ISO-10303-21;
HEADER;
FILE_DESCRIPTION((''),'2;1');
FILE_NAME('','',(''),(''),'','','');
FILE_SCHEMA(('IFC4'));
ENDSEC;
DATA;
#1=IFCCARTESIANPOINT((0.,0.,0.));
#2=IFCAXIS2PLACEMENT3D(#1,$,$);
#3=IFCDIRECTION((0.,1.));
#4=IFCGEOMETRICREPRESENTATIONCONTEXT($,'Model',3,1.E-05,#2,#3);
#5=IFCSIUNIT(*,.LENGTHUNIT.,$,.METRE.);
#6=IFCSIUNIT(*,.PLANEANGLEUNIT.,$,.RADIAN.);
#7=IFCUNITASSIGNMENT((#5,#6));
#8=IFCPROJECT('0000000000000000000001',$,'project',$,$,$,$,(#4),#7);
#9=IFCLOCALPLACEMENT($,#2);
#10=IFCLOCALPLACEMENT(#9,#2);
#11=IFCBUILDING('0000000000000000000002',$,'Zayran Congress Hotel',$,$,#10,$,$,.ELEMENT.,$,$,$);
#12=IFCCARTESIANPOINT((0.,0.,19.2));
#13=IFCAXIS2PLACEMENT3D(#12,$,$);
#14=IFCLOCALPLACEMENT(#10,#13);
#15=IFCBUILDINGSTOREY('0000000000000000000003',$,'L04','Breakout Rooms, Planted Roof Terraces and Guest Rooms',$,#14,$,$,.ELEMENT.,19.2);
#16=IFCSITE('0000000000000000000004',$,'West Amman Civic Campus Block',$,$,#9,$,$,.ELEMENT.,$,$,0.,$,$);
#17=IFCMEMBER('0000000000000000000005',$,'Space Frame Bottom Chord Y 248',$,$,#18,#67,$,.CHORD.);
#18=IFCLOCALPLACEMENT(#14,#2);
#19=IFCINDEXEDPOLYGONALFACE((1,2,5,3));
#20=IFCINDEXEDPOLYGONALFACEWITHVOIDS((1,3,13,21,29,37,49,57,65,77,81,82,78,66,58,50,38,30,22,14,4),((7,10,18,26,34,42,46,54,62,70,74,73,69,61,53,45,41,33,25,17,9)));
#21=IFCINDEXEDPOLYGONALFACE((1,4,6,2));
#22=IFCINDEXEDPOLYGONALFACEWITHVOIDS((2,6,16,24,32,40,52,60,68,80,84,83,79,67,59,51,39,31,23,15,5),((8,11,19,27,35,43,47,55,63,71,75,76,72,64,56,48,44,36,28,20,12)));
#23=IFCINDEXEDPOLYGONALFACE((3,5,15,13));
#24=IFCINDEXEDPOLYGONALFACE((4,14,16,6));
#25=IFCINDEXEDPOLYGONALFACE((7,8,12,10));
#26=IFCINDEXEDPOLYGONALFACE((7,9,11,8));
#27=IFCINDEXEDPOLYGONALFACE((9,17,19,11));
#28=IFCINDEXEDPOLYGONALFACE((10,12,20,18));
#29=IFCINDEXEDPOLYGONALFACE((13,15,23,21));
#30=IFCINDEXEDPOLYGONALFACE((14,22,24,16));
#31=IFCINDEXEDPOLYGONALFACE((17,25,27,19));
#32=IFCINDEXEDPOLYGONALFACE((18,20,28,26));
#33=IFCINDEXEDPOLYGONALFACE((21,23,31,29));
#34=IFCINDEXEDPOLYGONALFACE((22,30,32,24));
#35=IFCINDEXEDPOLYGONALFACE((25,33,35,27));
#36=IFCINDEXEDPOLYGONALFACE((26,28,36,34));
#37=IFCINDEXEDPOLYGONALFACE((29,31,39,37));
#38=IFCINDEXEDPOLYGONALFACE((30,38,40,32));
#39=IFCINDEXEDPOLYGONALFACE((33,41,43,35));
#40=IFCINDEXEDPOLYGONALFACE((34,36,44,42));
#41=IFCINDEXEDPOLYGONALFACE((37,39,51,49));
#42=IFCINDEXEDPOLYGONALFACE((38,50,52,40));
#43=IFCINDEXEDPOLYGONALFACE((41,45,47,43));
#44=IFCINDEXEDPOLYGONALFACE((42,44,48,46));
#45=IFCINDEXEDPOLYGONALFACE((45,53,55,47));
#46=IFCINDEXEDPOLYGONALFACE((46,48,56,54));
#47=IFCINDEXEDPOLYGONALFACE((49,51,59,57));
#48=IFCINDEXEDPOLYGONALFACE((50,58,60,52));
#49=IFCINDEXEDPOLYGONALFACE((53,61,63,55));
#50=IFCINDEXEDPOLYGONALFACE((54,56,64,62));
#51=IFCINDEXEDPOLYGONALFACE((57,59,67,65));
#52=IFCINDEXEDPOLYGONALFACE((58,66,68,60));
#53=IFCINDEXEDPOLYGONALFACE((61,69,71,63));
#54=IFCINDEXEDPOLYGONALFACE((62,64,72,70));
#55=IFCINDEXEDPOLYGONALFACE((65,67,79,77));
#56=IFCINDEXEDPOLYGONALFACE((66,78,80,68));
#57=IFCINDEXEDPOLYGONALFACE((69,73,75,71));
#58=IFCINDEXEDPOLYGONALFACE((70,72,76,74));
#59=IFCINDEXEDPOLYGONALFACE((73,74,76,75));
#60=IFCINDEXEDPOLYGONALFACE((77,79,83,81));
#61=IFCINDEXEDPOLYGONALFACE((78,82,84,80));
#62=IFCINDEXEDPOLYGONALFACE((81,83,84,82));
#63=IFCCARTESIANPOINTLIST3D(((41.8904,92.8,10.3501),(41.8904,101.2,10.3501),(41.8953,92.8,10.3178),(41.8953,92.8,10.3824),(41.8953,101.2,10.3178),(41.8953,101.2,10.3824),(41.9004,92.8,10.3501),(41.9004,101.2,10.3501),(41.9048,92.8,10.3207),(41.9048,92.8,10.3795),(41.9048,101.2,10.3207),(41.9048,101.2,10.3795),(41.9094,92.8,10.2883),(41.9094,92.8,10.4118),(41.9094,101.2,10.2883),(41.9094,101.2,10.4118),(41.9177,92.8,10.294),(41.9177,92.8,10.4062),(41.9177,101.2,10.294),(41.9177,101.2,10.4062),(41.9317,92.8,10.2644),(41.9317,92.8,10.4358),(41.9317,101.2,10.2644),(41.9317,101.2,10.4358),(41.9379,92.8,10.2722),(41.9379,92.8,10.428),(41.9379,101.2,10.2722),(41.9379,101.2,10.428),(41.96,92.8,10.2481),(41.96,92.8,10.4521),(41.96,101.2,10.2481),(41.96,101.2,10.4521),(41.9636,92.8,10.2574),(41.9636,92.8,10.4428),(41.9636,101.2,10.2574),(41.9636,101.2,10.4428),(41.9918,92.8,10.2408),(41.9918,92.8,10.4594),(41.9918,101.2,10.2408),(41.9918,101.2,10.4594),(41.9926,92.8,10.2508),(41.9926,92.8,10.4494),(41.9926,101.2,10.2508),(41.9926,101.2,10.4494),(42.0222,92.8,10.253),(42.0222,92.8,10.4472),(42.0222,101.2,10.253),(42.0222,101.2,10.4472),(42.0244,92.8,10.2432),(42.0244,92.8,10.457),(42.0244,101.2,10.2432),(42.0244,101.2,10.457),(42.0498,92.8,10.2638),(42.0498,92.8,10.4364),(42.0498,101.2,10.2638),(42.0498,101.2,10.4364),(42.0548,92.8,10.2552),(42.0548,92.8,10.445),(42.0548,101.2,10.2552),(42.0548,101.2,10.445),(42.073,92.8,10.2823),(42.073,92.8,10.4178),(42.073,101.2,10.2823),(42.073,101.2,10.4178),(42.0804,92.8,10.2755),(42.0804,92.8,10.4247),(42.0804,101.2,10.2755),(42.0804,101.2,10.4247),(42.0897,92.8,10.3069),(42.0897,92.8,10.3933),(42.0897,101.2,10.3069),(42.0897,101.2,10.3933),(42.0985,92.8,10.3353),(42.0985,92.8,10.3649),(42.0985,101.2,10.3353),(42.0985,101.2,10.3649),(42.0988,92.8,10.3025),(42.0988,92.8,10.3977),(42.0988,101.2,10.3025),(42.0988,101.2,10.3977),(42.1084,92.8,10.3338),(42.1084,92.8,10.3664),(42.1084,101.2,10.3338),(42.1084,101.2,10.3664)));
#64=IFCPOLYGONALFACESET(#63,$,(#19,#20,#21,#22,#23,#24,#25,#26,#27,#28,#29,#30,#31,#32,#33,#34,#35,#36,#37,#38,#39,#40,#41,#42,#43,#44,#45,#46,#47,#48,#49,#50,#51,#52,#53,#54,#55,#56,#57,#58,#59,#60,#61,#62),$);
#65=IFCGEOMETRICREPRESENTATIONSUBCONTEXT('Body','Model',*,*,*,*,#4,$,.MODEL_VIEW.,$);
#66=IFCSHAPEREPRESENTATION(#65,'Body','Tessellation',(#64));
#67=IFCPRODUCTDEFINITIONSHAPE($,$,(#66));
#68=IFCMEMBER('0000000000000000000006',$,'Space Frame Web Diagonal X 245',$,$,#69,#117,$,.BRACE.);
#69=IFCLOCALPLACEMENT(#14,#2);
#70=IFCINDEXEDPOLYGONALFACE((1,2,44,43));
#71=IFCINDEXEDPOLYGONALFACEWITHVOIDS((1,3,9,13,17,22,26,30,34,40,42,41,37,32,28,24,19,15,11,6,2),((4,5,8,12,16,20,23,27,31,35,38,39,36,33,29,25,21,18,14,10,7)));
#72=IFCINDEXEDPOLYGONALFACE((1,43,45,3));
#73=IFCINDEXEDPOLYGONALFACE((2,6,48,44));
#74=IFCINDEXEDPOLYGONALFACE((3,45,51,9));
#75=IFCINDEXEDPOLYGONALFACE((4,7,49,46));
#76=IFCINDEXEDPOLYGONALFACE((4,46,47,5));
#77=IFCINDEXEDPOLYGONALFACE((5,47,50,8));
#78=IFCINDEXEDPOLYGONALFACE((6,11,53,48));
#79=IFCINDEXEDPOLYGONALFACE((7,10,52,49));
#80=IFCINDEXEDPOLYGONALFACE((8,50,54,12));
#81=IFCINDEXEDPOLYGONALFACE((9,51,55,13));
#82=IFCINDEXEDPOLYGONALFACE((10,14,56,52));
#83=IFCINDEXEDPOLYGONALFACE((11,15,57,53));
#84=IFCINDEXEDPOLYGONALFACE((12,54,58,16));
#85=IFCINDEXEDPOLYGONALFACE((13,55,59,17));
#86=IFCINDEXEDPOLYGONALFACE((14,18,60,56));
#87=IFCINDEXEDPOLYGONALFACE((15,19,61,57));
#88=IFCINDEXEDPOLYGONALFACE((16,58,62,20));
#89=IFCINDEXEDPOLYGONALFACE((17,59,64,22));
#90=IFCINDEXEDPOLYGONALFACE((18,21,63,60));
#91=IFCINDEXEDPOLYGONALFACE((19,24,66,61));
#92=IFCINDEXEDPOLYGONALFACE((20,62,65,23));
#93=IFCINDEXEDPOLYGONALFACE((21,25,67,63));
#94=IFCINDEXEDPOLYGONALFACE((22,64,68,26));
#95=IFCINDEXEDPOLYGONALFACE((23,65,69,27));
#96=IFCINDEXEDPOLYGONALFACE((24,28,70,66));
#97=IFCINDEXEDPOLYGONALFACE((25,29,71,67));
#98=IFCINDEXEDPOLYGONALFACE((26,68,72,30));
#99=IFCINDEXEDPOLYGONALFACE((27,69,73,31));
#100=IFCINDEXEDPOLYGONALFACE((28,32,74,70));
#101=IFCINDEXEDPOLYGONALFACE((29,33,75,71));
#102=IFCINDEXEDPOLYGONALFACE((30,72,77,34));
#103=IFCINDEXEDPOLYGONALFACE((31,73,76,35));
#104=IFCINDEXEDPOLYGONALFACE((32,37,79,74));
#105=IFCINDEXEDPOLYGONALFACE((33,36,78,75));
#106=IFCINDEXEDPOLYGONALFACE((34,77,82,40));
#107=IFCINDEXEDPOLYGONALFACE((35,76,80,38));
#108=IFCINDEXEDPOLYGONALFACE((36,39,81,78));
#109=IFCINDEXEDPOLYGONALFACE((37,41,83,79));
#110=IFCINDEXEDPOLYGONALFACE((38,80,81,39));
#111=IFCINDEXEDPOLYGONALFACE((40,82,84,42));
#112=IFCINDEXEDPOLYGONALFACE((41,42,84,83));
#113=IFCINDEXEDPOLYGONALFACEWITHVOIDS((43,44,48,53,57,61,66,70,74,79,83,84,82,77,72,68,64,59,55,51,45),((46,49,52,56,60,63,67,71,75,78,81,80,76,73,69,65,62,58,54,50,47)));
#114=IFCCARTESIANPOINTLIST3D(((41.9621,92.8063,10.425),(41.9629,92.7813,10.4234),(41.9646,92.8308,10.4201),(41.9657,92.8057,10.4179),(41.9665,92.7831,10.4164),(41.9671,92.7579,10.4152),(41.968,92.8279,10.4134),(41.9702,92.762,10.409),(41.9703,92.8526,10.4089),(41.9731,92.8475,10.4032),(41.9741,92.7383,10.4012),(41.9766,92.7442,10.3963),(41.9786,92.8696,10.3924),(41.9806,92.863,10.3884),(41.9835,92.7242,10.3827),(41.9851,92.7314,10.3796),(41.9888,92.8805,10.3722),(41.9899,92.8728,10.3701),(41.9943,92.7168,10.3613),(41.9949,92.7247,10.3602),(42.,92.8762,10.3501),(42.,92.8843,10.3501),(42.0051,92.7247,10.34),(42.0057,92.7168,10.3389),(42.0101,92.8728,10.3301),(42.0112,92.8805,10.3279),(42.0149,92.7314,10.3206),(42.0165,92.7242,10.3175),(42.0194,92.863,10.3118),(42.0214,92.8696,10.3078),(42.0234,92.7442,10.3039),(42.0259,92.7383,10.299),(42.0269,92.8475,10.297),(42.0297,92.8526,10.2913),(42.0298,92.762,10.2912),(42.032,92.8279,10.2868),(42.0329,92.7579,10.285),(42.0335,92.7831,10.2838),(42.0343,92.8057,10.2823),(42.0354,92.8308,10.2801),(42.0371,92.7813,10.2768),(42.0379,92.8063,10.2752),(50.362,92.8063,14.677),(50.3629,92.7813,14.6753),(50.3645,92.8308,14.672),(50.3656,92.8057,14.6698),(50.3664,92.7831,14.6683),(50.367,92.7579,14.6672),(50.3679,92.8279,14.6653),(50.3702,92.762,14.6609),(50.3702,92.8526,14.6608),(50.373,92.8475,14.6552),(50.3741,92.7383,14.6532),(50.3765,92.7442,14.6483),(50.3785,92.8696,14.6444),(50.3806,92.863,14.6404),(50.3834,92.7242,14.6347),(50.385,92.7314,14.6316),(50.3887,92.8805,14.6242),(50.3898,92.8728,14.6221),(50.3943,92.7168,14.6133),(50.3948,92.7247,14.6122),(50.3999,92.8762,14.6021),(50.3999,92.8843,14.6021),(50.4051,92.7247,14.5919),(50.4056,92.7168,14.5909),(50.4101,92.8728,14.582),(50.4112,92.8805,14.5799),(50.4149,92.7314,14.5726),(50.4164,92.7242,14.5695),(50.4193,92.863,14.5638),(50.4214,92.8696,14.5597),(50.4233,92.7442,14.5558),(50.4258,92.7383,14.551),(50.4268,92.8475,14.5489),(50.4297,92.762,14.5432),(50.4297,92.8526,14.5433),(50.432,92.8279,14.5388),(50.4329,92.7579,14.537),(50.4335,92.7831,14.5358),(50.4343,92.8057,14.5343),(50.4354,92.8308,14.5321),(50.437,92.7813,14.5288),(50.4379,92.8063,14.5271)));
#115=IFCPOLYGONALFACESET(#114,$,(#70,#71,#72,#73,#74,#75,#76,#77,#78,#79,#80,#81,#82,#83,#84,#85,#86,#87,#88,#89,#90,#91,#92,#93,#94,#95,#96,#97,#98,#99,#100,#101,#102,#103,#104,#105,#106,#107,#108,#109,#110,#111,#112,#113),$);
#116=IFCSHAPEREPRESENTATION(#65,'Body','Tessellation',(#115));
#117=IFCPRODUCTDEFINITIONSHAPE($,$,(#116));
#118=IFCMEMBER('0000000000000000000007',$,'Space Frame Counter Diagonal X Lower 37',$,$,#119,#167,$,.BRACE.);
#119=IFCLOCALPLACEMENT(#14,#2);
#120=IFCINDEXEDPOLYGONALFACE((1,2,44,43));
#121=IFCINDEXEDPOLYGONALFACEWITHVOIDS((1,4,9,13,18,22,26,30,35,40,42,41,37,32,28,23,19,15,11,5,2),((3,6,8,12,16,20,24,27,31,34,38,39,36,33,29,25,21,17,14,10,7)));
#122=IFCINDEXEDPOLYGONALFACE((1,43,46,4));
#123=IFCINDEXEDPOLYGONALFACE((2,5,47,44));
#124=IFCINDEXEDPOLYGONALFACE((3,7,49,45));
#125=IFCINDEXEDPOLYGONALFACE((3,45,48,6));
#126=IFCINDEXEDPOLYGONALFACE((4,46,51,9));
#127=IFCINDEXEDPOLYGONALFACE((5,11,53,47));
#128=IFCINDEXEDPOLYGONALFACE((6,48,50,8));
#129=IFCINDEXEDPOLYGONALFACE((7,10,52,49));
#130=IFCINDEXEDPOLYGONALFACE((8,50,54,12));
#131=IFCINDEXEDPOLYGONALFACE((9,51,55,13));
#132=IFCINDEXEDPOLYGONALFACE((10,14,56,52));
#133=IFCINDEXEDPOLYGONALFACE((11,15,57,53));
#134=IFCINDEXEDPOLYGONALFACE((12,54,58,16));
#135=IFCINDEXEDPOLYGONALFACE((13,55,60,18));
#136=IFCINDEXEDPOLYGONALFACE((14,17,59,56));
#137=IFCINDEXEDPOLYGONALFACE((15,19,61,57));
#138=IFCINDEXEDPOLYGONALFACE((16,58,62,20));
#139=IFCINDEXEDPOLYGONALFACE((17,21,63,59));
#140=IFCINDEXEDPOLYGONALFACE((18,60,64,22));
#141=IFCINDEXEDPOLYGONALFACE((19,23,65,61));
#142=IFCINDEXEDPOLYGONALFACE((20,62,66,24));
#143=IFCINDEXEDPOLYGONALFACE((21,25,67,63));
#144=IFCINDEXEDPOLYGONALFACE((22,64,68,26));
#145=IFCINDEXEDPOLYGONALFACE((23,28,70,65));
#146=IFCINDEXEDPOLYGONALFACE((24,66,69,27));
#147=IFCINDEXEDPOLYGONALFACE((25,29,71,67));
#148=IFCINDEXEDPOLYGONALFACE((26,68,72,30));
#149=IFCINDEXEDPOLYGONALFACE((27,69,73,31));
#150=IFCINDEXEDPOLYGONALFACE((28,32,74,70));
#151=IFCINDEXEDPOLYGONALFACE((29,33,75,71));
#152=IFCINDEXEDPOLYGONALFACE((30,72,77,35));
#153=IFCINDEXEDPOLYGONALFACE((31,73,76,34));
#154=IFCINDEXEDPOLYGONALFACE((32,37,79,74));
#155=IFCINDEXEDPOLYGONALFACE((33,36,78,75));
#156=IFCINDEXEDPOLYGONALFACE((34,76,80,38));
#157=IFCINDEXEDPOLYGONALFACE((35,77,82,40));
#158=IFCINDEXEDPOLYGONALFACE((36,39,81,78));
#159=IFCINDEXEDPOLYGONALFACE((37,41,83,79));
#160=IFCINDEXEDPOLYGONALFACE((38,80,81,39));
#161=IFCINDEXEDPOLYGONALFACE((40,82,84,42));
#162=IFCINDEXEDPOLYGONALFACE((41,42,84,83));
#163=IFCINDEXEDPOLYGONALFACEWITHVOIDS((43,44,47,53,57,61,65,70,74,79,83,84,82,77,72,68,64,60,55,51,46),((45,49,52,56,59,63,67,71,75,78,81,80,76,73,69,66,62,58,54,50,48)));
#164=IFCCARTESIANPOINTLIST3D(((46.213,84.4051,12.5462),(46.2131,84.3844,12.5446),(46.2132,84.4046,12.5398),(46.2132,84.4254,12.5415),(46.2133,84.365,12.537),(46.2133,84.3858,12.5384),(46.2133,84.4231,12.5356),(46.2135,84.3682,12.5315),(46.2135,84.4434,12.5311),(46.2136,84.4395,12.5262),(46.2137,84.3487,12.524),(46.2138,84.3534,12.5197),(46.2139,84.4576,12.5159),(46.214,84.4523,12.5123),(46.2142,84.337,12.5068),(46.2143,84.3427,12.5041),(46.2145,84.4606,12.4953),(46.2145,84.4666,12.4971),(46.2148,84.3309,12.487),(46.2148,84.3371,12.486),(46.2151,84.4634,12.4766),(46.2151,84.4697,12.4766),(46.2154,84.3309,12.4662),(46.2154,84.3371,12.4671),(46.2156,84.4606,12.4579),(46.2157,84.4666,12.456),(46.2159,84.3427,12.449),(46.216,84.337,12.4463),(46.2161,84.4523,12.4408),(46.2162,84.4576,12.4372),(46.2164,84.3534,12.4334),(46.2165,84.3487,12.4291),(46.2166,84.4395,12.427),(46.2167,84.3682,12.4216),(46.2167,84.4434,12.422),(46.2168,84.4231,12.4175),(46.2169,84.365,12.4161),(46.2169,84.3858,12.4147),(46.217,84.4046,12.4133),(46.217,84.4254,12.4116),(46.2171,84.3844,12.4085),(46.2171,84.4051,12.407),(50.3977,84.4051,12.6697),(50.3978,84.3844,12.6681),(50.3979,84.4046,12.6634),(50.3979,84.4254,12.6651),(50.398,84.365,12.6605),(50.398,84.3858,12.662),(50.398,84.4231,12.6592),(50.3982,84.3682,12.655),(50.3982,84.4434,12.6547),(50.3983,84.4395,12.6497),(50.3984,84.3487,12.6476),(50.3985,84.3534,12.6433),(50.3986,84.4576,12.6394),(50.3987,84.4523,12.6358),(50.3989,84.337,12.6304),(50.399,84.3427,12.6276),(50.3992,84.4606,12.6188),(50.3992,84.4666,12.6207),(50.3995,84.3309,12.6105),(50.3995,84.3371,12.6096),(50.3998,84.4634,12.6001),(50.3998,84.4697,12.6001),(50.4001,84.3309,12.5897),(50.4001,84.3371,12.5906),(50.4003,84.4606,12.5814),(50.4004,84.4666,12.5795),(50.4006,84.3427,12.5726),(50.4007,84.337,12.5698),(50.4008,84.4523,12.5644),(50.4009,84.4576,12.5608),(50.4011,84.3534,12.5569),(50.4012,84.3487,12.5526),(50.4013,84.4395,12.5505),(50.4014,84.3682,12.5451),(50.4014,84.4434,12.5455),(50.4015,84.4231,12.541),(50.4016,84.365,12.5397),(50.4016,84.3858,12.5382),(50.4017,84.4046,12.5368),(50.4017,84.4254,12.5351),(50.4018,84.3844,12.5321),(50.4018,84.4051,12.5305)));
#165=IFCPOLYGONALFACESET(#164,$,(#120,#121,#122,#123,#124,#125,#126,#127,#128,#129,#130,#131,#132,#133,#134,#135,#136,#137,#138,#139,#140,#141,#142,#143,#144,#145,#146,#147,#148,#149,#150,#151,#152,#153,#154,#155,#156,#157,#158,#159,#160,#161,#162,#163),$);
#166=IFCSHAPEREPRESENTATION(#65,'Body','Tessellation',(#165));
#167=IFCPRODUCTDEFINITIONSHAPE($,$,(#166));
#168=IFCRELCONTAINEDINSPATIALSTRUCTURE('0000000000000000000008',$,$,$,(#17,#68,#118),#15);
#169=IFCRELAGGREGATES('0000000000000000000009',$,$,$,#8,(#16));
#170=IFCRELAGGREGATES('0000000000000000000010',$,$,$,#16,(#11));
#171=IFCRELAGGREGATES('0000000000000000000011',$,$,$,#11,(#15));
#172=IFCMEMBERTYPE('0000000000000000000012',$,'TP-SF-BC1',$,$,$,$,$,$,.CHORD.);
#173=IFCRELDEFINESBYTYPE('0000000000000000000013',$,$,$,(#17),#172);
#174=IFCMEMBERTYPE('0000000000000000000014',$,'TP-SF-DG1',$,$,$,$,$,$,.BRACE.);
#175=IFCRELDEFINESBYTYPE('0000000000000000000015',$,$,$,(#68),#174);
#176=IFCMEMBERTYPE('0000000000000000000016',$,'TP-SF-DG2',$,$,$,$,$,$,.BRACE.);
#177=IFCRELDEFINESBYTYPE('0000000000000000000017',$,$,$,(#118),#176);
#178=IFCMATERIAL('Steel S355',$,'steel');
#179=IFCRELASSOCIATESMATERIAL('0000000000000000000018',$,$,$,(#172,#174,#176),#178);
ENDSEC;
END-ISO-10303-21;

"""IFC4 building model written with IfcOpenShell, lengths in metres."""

from ifc_helpers import new_model, si_unit, direction, frame, origin, origin_2d, place, context, subcontext, project, spatial, hollow_circle, extrude, material, material_profile, profile_set, type_object, element, save


model = new_model("IFC4")

# Units and contexts
model_context = context("Model", 3, precision=1e-05, world=origin(), true_north=direction((0.0, 1.0)))
body_context = subcontext(model_context, "Body", "Model", "MODEL_VIEW")
ifc_project = project(units=[si_unit("LENGTHUNIT", "METRE"), si_unit("PLANEANGLEUNIT", "RADIAN")], contexts=[model_context])

# Site, building, storey
site_placement = place(None, origin())
site = spatial("IfcSite", under=ifc_project, at=site_placement, Name="West Amman Civic Campus Block", CompositionType="ELEMENT", RefElevation=0.0)
building_placement = place(site_placement, origin())
building = spatial("IfcBuilding", under=site, at=building_placement, Name="Zayran Congress Hotel", CompositionType="ELEMENT")
storey_placement = place(building_placement, frame((0.0, 0.0, 19.2)))
storey = spatial("IfcBuildingStorey", under=building, at=storey_placement, Name="L04", Description="Breakout Rooms, Planted Roof Terraces and Guest Rooms", CompositionType="ELEMENT", Elevation=19.2)

# Members
ifc_material_1 = material(Name="Steel S355", Category="steel")
ifc_material_profile_1 = material_profile(ifc_material_1, hollow_circle(Radius=0.1096, WallThickness=0.01, at=origin_2d()), Name="CHS 219.1x10")
ifc_profile_set_1 = profile_set([ifc_material_profile_1], Name="Steel S355")
member_type_1 = type_object("IfcMemberType", Name="TP-SF-BC1", PredefinedType="CHORD", material=ifc_profile_set_1)
member_1_placement = place(storey_placement, frame((42.0, 92.8, 10.3501), z_axis=(0.0, 1.0, 0.0), x_axis=(-1.0, 0.0, 0.0)))
element("IfcMember", 1, at=member_1_placement, inside=storey, type_object=member_type_1, Name="Space Frame Bottom Chord Y 248", PredefinedType="CHORD", context=body_context, shape_type="SweptSolid", body=[
    extrude(hollow_circle(Radius=0.1096, WallThickness=0.01, at=origin_2d()), origin(), (0.0, 0.0, 1.0), 8.3999),
])
ifc_material_profile_2 = material_profile(ifc_material_1, hollow_circle(Radius=0.0842, WallThickness=0.0081, at=origin_2d()), Name="CHS 168.3x8")
ifc_profile_set_2 = profile_set([ifc_material_profile_2], Name="Steel S355")
member_type_2 = type_object("IfcMemberType", Name="TP-SF-DG1", PredefinedType="BRACE", material=ifc_profile_set_2)
member_2_placement = place(storey_placement, frame((42.0, 92.8, 10.3501), z_axis=(0.892207, 0.0, 0.451627), x_axis=(0.0, 1.0, 0.0)))
element("IfcMember", 2, at=member_2_placement, inside=storey, type_object=member_type_2, Name="Space Frame Web Diagonal X 245", PredefinedType="BRACE", context=body_context, shape_type="SweptSolid", body=[
    extrude(hollow_circle(Radius=0.0842, WallThickness=0.0081, at=origin_2d()), origin(), (0.0, 0.0, 1.0), 9.4148),
])
ifc_material_profile_3 = material_profile(ifc_material_1, hollow_circle(Radius=0.0698, WallThickness=0.0063, at=origin_2d()), Name="CHS 139.7x6.3")
ifc_profile_set_3 = profile_set([ifc_material_profile_3], Name="Steel S355")
member_type_3 = type_object("IfcMemberType", Name="TP-SF-DG2", PredefinedType="BRACE", material=ifc_profile_set_3)
member_3_placement = place(storey_placement, frame((46.2151, 84.3999, 12.4766), z_axis=(0.999565, 0.0, 0.029507), x_axis=(0.0, 1.0, 0.0)))
element("IfcMember", 3, at=member_3_placement, inside=storey, type_object=member_type_3, Name="Space Frame Counter Diagonal X Lower 37", PredefinedType="BRACE", context=body_context, shape_type="SweptSolid", body=[
    extrude(hollow_circle(Radius=0.0698, WallThickness=0.0063, at=origin_2d()), origin(), (0.0, 0.0, 1.0), 4.1865),
])

save(model, "model.ifc")
